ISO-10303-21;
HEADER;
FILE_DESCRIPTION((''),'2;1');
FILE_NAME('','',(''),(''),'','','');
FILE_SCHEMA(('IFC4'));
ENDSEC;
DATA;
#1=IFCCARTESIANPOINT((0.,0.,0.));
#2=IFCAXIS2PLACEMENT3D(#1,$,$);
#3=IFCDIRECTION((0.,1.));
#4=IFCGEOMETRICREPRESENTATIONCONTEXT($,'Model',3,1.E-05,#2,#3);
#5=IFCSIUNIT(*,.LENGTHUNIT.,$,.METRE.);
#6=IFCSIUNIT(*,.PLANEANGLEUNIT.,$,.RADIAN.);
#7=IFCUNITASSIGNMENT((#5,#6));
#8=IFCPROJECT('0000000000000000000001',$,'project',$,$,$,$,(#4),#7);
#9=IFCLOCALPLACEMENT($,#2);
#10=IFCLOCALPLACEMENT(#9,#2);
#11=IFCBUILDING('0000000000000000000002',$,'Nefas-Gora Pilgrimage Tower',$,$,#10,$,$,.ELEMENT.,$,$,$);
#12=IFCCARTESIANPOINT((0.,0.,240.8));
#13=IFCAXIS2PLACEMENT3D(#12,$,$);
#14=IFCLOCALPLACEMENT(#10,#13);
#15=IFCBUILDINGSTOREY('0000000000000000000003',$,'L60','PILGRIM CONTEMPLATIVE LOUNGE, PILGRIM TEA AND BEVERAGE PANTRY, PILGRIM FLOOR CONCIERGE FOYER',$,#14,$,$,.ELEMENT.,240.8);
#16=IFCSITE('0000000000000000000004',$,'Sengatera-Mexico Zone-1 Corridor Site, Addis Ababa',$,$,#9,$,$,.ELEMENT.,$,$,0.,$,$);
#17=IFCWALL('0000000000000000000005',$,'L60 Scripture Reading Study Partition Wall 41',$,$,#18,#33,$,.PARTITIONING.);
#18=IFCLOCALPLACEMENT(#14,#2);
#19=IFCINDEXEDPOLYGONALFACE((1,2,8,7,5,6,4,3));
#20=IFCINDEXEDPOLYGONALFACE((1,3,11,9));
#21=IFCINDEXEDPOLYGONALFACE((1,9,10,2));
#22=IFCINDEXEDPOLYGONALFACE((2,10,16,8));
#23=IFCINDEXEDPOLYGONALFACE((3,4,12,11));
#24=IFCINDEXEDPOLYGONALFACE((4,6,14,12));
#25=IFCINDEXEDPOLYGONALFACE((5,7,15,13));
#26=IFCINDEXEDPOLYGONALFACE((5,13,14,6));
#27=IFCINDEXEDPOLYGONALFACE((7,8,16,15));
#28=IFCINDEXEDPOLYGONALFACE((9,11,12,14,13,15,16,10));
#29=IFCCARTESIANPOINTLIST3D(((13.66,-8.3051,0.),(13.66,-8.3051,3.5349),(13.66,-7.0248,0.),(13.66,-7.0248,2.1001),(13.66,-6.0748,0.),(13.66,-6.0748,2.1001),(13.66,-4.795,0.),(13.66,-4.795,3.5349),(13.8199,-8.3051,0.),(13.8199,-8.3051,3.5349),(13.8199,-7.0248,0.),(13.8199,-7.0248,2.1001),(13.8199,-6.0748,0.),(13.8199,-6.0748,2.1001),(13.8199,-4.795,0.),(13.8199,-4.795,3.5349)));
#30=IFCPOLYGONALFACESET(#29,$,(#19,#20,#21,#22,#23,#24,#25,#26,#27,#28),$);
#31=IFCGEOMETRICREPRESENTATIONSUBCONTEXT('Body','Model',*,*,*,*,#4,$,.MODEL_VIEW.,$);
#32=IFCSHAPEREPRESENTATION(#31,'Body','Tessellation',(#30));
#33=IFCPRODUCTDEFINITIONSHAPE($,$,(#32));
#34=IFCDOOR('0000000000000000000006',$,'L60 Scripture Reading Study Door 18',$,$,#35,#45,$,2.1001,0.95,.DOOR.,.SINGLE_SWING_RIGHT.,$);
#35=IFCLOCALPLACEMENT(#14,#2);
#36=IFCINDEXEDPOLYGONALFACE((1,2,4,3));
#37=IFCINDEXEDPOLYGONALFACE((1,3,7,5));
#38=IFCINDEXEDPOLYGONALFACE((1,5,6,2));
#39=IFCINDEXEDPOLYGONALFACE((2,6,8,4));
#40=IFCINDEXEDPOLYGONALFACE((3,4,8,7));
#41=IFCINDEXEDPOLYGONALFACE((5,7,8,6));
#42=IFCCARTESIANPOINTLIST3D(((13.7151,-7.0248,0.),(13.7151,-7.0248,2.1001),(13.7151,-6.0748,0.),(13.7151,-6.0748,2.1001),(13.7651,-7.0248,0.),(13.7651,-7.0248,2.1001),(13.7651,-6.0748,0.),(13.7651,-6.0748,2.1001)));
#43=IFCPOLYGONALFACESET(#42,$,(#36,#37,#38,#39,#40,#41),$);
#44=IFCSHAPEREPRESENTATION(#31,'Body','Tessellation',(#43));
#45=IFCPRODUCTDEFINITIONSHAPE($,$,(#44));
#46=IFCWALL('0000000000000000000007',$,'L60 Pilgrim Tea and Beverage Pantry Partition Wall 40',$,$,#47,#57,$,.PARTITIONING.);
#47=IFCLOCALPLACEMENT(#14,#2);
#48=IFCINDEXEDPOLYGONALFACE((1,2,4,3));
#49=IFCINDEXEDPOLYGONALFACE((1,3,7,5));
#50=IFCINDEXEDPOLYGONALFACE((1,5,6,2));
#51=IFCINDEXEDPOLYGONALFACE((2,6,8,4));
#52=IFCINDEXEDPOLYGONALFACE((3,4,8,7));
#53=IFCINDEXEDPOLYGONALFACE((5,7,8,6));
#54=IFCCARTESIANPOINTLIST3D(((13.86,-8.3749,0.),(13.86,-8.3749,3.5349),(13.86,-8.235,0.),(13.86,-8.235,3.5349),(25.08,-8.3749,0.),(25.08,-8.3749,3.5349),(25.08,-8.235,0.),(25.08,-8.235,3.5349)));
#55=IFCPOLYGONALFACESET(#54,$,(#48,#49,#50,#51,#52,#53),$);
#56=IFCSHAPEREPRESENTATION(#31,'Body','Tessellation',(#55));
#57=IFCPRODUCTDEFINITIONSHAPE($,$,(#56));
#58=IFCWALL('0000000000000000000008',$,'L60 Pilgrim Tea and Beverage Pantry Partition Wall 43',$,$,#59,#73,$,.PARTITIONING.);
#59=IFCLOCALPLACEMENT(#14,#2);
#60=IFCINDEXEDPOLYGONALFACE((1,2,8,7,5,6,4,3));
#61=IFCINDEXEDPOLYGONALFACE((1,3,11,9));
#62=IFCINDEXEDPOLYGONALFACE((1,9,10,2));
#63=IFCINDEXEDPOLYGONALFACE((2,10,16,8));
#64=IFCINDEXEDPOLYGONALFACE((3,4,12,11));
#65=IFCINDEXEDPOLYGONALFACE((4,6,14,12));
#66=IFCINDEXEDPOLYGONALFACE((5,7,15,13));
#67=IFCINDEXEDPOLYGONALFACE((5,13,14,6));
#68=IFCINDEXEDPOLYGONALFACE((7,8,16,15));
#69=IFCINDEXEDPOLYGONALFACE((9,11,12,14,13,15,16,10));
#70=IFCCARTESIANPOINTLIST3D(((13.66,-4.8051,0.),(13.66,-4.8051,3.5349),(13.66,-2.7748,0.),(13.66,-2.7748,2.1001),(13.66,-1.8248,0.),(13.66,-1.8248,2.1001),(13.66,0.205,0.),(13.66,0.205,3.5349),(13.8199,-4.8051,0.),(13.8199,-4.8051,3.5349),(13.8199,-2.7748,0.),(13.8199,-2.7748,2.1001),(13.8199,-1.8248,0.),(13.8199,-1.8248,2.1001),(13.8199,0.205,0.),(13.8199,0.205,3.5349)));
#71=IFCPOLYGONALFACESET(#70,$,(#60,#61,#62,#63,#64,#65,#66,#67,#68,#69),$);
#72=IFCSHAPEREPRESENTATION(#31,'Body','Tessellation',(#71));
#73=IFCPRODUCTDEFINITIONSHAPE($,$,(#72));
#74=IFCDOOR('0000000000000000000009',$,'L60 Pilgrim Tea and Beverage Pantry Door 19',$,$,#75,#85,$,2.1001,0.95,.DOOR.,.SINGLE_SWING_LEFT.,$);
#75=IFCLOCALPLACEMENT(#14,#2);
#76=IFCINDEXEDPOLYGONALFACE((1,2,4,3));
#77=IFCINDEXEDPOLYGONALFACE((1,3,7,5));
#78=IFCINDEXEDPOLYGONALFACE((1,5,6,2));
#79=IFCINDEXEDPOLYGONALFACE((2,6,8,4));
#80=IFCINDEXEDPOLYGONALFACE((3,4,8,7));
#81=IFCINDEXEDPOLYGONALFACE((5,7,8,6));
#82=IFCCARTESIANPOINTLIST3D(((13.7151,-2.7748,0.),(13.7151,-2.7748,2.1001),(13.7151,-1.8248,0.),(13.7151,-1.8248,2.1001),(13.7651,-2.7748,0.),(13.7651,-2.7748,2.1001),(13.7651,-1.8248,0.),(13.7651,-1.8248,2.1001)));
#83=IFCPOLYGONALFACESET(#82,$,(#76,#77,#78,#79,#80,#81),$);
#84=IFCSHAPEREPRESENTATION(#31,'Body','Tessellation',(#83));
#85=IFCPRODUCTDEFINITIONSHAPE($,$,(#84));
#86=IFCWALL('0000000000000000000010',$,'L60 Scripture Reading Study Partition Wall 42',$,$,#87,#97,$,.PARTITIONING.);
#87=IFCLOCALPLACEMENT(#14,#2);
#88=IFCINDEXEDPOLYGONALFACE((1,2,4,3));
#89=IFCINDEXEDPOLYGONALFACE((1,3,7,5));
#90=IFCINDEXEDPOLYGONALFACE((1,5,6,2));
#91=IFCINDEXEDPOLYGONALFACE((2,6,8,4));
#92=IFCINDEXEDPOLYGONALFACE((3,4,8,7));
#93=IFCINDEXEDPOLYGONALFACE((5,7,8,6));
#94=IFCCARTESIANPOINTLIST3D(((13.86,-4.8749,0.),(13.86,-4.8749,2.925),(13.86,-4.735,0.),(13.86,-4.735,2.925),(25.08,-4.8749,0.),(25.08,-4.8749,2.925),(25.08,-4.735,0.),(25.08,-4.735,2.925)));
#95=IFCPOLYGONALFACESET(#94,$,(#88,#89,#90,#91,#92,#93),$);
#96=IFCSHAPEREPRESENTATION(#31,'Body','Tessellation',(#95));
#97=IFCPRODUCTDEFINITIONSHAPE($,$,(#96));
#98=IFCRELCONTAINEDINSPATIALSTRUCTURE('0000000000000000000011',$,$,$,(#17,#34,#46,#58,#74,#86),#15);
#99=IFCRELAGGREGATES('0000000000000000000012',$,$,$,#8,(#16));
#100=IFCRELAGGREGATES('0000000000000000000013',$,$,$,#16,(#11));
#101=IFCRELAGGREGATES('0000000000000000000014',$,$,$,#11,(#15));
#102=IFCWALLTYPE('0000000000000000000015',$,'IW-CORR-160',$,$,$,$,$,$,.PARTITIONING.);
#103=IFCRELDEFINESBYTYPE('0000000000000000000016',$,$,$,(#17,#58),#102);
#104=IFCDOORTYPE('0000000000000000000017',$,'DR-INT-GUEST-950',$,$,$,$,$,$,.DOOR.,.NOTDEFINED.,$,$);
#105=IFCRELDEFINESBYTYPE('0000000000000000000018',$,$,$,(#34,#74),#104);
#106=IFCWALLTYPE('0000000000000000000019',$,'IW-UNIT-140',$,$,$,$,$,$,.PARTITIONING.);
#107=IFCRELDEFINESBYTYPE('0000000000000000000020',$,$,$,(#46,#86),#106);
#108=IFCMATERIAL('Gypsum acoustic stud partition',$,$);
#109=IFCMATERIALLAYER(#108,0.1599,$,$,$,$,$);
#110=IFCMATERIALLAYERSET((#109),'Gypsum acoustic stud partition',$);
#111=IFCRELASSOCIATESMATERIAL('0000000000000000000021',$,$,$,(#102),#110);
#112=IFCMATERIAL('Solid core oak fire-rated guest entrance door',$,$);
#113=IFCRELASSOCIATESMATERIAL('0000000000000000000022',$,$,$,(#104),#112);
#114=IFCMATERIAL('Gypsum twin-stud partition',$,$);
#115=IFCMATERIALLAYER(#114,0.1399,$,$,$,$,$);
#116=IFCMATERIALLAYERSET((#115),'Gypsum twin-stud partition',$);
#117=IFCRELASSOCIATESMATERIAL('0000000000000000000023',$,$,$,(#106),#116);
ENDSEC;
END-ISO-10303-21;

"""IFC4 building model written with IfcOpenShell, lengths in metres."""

from ifc_helpers import new_model, si_unit, direction, frame, frame_2d, origin, place, context, subcontext, project, spatial, rectangle, extrude, source, transform, mapped, material, layer, layer_set, type_object, element, fill, save


model = new_model("IFC4")

# Units and contexts
model_context = context("Model", 3, precision=1e-05, world=origin(), true_north=direction((0.0, 1.0)))
body_context = subcontext(model_context, "Body", "Model", "MODEL_VIEW")
ifc_project = project(units=[si_unit("LENGTHUNIT", "METRE"), si_unit("PLANEANGLEUNIT", "RADIAN")], contexts=[model_context])

# Site, building, storey
site_placement = place(None, origin())
site = spatial("IfcSite", under=ifc_project, at=site_placement, Name="Sengatera-Mexico Zone-1 Corridor Site, Addis Ababa", CompositionType="ELEMENT", RefElevation=0.0)
building_placement = place(site_placement, origin())
building = spatial("IfcBuilding", under=site, at=building_placement, Name="Nefas-Gora Pilgrimage Tower", CompositionType="ELEMENT")
storey_placement = place(building_placement, frame((0.0, 0.0, 240.8)))
storey = spatial("IfcBuildingStorey", under=building, at=storey_placement, Name="L60", Description="PILGRIM CONTEMPLATIVE LOUNGE, PILGRIM TEA AND BEVERAGE PANTRY, PILGRIM FLOOR CONCIERGE FOYER", CompositionType="ELEMENT", Elevation=240.8)

# Wall, opening, door
ifc_material_1 = material(Name="Gypsum acoustic stud partition")
ifc_layer_1 = layer(ifc_material_1, 0.1599)
ifc_layer_set_1 = layer_set([ifc_layer_1], Name="Gypsum acoustic stud partition")
wall_type_1 = type_object("IfcWallType", Name="IW-CORR-160", PredefinedType="PARTITIONING", material=ifc_layer_set_1)
shared_shape_1 = source(origin(), body_context, "Body", "SweptSolid", [
    extrude(rectangle(XDim=3.51, YDim=0.1599, at=frame_2d((1.7549, 0.0))), origin(), (0.0, 0.0, 1.0), 3.5349),
])
wall_1_placement = place(storey_placement, frame((13.74, -8.3049, 0.0), z_axis=(0.0, 0.0, 1.0), x_axis=(0.0, 1.0, 0.0)))
wall_1 = element("IfcWall", 1, at=wall_1_placement, inside=storey, type_object=wall_type_1, Name="L60 Scripture Reading Study Partition Wall 41", PredefinedType="PARTITIONING", context=body_context, shape_type="MappedRepresentation", body=[
    mapped(shared_shape_1, transform((0.0, 0.0, 0.0), x_axis=(1.0, 0.0, 0.0), y_axis=(0.0, 1.0, 0.0), z_axis=(0.0, 0.0, 1.0), scale=1.0)),
])
opening_1_placement = place(wall_1_placement, frame((1.28, 0.0, 0.0)))
opening_1 = element("IfcOpeningElement", 2, at=opening_1_placement, cuts=wall_1, PredefinedType="OPENING", context=body_context, shape_type="SweptSolid", body=[
    extrude(rectangle(XDim=0.95, YDim=2.1001, at=frame_2d((0.4751, 1.05))), frame((0.0, 0.0898, 0.0), z_axis=(0.0, -1.0, 0.0), x_axis=(1.0, 0.0, 0.0)), (0.0, 0.0, 1.0), 0.1799),
])
ifc_material_2 = material(Name="Solid core oak fire-rated guest entrance door")
door_type_1 = type_object("IfcDoorType", Name="DR-INT-GUEST-950", OperationType="NOTDEFINED", PredefinedType="DOOR", material=ifc_material_2)
shared_shape_2 = source(origin(), body_context, "Body", "SweptSolid", [
    extrude(rectangle(XDim=0.95, YDim=2.1001, at=frame_2d((0.4751, 1.05))), frame((0.0, 0.0249, 0.0), z_axis=(0.0, -1.0, 0.0), x_axis=(1.0, 0.0, 0.0)), (0.0, 0.0, 1.0), 0.05),
])
door_1_placement = place(opening_1_placement, origin())
door_1 = element("IfcDoor", 3, at=door_1_placement, inside=storey, type_object=door_type_1, Name="L60 Scripture Reading Study Door 18", OperationType="SINGLE_SWING_RIGHT", OverallHeight=2.1001, OverallWidth=0.95, PredefinedType="DOOR", context=body_context, shape_type="MappedRepresentation", body=[
    mapped(shared_shape_2, transform((0.0, 0.0, 0.0), x_axis=(1.0, 0.0, 0.0), y_axis=(0.0, 1.0, 0.0), z_axis=(0.0, 0.0, 1.0), scale=1.0)),
])
fill(opening_1, door_1)

# Wall
ifc_material_3 = material(Name="Gypsum twin-stud partition")
ifc_layer_2 = layer(ifc_material_3, 0.1399)
ifc_layer_set_2 = layer_set([ifc_layer_2], Name="Gypsum twin-stud partition")
wall_type_2 = type_object("IfcWallType", Name="IW-UNIT-140", PredefinedType="PARTITIONING", material=ifc_layer_set_2)
shared_shape_3 = source(origin(), body_context, "Body", "SweptSolid", [
    extrude(rectangle(XDim=11.22, YDim=0.1399, at=frame_2d((5.6099, 0.0))), origin(), (0.0, 0.0, 1.0), 3.5349),
])
wall_2_placement = place(storey_placement, frame((13.8601, -8.3049, 0.0), z_axis=(0.0, 0.0, 1.0), x_axis=(1.0, 0.0, 0.0)))
element("IfcWall", 4, at=wall_2_placement, inside=storey, type_object=wall_type_2, Name="L60 Pilgrim Tea and Beverage Pantry Partition Wall 40", PredefinedType="PARTITIONING", context=body_context, shape_type="MappedRepresentation", body=[
    mapped(shared_shape_3, transform((0.0, 0.0, 0.0), x_axis=(1.0, 0.0, 0.0), y_axis=(0.0, 1.0, 0.0), z_axis=(0.0, 0.0, 1.0), scale=1.0)),
])

# Wall, opening, door
shared_shape_4 = source(origin(), body_context, "Body", "SweptSolid", [
    extrude(rectangle(XDim=5.01, YDim=0.1599, at=frame_2d((2.5049, 0.0))), origin(), (0.0, 0.0, 1.0), 3.5349),
])
wall_3_placement = place(storey_placement, frame((13.74, -4.8049, 0.0), z_axis=(0.0, 0.0, 1.0), x_axis=(0.0, 1.0, 0.0)))
wall_3 = element("IfcWall", 5, at=wall_3_placement, inside=storey, type_object=wall_type_1, Name="L60 Pilgrim Tea and Beverage Pantry Partition Wall 43", PredefinedType="PARTITIONING", context=body_context, shape_type="MappedRepresentation", body=[
    mapped(shared_shape_4, transform((0.0, 0.0, 0.0), x_axis=(1.0, 0.0, 0.0), y_axis=(0.0, 1.0, 0.0), z_axis=(0.0, 0.0, 1.0), scale=1.0)),
])
opening_2_placement = place(wall_3_placement, frame((2.03, 0.0, 0.0)))
opening_2 = element("IfcOpeningElement", 6, at=opening_2_placement, cuts=wall_3, PredefinedType="OPENING", context=body_context, shape_type="SweptSolid", body=[
    extrude(rectangle(XDim=0.95, YDim=2.1001, at=frame_2d((0.4751, 1.05))), frame((0.0, 0.0898, 0.0), z_axis=(0.0, -1.0, 0.0), x_axis=(1.0, 0.0, 0.0)), (0.0, 0.0, 1.0), 0.1799),
])
door_2_placement = place(opening_2_placement, origin())
door_2 = element("IfcDoor", 7, at=door_2_placement, inside=storey, type_object=door_type_1, Name="L60 Pilgrim Tea and Beverage Pantry Door 19", OperationType="SINGLE_SWING_LEFT", OverallHeight=2.1001, OverallWidth=0.95, PredefinedType="DOOR", context=body_context, shape_type="MappedRepresentation", body=[
    mapped(shared_shape_2, transform((0.0, 0.0, 0.0), x_axis=(1.0, 0.0, 0.0), y_axis=(0.0, 1.0, 0.0), z_axis=(0.0, 0.0, 1.0), scale=1.0)),
])
fill(opening_2, door_2)

# Wall
shared_shape_5 = source(origin(), body_context, "Body", "SweptSolid", [
    extrude(rectangle(XDim=11.22, YDim=0.1399, at=frame_2d((5.6099, 0.0))), origin(), (0.0, 0.0, 1.0), 2.925),
])
wall_4_placement = place(storey_placement, frame((13.8601, -4.8049, 0.0), z_axis=(0.0, 0.0, 1.0), x_axis=(1.0, 0.0, 0.0)))
element("IfcWall", 8, at=wall_4_placement, inside=storey, type_object=wall_type_2, Name="L60 Scripture Reading Study Partition Wall 42", PredefinedType="PARTITIONING", context=body_context, shape_type="MappedRepresentation", body=[
    mapped(shared_shape_5, transform((0.0, 0.0, 0.0), x_axis=(1.0, 0.0, 0.0), y_axis=(0.0, 1.0, 0.0), z_axis=(0.0, 0.0, 1.0), scale=1.0)),
])

save(model, "model.ifc")
